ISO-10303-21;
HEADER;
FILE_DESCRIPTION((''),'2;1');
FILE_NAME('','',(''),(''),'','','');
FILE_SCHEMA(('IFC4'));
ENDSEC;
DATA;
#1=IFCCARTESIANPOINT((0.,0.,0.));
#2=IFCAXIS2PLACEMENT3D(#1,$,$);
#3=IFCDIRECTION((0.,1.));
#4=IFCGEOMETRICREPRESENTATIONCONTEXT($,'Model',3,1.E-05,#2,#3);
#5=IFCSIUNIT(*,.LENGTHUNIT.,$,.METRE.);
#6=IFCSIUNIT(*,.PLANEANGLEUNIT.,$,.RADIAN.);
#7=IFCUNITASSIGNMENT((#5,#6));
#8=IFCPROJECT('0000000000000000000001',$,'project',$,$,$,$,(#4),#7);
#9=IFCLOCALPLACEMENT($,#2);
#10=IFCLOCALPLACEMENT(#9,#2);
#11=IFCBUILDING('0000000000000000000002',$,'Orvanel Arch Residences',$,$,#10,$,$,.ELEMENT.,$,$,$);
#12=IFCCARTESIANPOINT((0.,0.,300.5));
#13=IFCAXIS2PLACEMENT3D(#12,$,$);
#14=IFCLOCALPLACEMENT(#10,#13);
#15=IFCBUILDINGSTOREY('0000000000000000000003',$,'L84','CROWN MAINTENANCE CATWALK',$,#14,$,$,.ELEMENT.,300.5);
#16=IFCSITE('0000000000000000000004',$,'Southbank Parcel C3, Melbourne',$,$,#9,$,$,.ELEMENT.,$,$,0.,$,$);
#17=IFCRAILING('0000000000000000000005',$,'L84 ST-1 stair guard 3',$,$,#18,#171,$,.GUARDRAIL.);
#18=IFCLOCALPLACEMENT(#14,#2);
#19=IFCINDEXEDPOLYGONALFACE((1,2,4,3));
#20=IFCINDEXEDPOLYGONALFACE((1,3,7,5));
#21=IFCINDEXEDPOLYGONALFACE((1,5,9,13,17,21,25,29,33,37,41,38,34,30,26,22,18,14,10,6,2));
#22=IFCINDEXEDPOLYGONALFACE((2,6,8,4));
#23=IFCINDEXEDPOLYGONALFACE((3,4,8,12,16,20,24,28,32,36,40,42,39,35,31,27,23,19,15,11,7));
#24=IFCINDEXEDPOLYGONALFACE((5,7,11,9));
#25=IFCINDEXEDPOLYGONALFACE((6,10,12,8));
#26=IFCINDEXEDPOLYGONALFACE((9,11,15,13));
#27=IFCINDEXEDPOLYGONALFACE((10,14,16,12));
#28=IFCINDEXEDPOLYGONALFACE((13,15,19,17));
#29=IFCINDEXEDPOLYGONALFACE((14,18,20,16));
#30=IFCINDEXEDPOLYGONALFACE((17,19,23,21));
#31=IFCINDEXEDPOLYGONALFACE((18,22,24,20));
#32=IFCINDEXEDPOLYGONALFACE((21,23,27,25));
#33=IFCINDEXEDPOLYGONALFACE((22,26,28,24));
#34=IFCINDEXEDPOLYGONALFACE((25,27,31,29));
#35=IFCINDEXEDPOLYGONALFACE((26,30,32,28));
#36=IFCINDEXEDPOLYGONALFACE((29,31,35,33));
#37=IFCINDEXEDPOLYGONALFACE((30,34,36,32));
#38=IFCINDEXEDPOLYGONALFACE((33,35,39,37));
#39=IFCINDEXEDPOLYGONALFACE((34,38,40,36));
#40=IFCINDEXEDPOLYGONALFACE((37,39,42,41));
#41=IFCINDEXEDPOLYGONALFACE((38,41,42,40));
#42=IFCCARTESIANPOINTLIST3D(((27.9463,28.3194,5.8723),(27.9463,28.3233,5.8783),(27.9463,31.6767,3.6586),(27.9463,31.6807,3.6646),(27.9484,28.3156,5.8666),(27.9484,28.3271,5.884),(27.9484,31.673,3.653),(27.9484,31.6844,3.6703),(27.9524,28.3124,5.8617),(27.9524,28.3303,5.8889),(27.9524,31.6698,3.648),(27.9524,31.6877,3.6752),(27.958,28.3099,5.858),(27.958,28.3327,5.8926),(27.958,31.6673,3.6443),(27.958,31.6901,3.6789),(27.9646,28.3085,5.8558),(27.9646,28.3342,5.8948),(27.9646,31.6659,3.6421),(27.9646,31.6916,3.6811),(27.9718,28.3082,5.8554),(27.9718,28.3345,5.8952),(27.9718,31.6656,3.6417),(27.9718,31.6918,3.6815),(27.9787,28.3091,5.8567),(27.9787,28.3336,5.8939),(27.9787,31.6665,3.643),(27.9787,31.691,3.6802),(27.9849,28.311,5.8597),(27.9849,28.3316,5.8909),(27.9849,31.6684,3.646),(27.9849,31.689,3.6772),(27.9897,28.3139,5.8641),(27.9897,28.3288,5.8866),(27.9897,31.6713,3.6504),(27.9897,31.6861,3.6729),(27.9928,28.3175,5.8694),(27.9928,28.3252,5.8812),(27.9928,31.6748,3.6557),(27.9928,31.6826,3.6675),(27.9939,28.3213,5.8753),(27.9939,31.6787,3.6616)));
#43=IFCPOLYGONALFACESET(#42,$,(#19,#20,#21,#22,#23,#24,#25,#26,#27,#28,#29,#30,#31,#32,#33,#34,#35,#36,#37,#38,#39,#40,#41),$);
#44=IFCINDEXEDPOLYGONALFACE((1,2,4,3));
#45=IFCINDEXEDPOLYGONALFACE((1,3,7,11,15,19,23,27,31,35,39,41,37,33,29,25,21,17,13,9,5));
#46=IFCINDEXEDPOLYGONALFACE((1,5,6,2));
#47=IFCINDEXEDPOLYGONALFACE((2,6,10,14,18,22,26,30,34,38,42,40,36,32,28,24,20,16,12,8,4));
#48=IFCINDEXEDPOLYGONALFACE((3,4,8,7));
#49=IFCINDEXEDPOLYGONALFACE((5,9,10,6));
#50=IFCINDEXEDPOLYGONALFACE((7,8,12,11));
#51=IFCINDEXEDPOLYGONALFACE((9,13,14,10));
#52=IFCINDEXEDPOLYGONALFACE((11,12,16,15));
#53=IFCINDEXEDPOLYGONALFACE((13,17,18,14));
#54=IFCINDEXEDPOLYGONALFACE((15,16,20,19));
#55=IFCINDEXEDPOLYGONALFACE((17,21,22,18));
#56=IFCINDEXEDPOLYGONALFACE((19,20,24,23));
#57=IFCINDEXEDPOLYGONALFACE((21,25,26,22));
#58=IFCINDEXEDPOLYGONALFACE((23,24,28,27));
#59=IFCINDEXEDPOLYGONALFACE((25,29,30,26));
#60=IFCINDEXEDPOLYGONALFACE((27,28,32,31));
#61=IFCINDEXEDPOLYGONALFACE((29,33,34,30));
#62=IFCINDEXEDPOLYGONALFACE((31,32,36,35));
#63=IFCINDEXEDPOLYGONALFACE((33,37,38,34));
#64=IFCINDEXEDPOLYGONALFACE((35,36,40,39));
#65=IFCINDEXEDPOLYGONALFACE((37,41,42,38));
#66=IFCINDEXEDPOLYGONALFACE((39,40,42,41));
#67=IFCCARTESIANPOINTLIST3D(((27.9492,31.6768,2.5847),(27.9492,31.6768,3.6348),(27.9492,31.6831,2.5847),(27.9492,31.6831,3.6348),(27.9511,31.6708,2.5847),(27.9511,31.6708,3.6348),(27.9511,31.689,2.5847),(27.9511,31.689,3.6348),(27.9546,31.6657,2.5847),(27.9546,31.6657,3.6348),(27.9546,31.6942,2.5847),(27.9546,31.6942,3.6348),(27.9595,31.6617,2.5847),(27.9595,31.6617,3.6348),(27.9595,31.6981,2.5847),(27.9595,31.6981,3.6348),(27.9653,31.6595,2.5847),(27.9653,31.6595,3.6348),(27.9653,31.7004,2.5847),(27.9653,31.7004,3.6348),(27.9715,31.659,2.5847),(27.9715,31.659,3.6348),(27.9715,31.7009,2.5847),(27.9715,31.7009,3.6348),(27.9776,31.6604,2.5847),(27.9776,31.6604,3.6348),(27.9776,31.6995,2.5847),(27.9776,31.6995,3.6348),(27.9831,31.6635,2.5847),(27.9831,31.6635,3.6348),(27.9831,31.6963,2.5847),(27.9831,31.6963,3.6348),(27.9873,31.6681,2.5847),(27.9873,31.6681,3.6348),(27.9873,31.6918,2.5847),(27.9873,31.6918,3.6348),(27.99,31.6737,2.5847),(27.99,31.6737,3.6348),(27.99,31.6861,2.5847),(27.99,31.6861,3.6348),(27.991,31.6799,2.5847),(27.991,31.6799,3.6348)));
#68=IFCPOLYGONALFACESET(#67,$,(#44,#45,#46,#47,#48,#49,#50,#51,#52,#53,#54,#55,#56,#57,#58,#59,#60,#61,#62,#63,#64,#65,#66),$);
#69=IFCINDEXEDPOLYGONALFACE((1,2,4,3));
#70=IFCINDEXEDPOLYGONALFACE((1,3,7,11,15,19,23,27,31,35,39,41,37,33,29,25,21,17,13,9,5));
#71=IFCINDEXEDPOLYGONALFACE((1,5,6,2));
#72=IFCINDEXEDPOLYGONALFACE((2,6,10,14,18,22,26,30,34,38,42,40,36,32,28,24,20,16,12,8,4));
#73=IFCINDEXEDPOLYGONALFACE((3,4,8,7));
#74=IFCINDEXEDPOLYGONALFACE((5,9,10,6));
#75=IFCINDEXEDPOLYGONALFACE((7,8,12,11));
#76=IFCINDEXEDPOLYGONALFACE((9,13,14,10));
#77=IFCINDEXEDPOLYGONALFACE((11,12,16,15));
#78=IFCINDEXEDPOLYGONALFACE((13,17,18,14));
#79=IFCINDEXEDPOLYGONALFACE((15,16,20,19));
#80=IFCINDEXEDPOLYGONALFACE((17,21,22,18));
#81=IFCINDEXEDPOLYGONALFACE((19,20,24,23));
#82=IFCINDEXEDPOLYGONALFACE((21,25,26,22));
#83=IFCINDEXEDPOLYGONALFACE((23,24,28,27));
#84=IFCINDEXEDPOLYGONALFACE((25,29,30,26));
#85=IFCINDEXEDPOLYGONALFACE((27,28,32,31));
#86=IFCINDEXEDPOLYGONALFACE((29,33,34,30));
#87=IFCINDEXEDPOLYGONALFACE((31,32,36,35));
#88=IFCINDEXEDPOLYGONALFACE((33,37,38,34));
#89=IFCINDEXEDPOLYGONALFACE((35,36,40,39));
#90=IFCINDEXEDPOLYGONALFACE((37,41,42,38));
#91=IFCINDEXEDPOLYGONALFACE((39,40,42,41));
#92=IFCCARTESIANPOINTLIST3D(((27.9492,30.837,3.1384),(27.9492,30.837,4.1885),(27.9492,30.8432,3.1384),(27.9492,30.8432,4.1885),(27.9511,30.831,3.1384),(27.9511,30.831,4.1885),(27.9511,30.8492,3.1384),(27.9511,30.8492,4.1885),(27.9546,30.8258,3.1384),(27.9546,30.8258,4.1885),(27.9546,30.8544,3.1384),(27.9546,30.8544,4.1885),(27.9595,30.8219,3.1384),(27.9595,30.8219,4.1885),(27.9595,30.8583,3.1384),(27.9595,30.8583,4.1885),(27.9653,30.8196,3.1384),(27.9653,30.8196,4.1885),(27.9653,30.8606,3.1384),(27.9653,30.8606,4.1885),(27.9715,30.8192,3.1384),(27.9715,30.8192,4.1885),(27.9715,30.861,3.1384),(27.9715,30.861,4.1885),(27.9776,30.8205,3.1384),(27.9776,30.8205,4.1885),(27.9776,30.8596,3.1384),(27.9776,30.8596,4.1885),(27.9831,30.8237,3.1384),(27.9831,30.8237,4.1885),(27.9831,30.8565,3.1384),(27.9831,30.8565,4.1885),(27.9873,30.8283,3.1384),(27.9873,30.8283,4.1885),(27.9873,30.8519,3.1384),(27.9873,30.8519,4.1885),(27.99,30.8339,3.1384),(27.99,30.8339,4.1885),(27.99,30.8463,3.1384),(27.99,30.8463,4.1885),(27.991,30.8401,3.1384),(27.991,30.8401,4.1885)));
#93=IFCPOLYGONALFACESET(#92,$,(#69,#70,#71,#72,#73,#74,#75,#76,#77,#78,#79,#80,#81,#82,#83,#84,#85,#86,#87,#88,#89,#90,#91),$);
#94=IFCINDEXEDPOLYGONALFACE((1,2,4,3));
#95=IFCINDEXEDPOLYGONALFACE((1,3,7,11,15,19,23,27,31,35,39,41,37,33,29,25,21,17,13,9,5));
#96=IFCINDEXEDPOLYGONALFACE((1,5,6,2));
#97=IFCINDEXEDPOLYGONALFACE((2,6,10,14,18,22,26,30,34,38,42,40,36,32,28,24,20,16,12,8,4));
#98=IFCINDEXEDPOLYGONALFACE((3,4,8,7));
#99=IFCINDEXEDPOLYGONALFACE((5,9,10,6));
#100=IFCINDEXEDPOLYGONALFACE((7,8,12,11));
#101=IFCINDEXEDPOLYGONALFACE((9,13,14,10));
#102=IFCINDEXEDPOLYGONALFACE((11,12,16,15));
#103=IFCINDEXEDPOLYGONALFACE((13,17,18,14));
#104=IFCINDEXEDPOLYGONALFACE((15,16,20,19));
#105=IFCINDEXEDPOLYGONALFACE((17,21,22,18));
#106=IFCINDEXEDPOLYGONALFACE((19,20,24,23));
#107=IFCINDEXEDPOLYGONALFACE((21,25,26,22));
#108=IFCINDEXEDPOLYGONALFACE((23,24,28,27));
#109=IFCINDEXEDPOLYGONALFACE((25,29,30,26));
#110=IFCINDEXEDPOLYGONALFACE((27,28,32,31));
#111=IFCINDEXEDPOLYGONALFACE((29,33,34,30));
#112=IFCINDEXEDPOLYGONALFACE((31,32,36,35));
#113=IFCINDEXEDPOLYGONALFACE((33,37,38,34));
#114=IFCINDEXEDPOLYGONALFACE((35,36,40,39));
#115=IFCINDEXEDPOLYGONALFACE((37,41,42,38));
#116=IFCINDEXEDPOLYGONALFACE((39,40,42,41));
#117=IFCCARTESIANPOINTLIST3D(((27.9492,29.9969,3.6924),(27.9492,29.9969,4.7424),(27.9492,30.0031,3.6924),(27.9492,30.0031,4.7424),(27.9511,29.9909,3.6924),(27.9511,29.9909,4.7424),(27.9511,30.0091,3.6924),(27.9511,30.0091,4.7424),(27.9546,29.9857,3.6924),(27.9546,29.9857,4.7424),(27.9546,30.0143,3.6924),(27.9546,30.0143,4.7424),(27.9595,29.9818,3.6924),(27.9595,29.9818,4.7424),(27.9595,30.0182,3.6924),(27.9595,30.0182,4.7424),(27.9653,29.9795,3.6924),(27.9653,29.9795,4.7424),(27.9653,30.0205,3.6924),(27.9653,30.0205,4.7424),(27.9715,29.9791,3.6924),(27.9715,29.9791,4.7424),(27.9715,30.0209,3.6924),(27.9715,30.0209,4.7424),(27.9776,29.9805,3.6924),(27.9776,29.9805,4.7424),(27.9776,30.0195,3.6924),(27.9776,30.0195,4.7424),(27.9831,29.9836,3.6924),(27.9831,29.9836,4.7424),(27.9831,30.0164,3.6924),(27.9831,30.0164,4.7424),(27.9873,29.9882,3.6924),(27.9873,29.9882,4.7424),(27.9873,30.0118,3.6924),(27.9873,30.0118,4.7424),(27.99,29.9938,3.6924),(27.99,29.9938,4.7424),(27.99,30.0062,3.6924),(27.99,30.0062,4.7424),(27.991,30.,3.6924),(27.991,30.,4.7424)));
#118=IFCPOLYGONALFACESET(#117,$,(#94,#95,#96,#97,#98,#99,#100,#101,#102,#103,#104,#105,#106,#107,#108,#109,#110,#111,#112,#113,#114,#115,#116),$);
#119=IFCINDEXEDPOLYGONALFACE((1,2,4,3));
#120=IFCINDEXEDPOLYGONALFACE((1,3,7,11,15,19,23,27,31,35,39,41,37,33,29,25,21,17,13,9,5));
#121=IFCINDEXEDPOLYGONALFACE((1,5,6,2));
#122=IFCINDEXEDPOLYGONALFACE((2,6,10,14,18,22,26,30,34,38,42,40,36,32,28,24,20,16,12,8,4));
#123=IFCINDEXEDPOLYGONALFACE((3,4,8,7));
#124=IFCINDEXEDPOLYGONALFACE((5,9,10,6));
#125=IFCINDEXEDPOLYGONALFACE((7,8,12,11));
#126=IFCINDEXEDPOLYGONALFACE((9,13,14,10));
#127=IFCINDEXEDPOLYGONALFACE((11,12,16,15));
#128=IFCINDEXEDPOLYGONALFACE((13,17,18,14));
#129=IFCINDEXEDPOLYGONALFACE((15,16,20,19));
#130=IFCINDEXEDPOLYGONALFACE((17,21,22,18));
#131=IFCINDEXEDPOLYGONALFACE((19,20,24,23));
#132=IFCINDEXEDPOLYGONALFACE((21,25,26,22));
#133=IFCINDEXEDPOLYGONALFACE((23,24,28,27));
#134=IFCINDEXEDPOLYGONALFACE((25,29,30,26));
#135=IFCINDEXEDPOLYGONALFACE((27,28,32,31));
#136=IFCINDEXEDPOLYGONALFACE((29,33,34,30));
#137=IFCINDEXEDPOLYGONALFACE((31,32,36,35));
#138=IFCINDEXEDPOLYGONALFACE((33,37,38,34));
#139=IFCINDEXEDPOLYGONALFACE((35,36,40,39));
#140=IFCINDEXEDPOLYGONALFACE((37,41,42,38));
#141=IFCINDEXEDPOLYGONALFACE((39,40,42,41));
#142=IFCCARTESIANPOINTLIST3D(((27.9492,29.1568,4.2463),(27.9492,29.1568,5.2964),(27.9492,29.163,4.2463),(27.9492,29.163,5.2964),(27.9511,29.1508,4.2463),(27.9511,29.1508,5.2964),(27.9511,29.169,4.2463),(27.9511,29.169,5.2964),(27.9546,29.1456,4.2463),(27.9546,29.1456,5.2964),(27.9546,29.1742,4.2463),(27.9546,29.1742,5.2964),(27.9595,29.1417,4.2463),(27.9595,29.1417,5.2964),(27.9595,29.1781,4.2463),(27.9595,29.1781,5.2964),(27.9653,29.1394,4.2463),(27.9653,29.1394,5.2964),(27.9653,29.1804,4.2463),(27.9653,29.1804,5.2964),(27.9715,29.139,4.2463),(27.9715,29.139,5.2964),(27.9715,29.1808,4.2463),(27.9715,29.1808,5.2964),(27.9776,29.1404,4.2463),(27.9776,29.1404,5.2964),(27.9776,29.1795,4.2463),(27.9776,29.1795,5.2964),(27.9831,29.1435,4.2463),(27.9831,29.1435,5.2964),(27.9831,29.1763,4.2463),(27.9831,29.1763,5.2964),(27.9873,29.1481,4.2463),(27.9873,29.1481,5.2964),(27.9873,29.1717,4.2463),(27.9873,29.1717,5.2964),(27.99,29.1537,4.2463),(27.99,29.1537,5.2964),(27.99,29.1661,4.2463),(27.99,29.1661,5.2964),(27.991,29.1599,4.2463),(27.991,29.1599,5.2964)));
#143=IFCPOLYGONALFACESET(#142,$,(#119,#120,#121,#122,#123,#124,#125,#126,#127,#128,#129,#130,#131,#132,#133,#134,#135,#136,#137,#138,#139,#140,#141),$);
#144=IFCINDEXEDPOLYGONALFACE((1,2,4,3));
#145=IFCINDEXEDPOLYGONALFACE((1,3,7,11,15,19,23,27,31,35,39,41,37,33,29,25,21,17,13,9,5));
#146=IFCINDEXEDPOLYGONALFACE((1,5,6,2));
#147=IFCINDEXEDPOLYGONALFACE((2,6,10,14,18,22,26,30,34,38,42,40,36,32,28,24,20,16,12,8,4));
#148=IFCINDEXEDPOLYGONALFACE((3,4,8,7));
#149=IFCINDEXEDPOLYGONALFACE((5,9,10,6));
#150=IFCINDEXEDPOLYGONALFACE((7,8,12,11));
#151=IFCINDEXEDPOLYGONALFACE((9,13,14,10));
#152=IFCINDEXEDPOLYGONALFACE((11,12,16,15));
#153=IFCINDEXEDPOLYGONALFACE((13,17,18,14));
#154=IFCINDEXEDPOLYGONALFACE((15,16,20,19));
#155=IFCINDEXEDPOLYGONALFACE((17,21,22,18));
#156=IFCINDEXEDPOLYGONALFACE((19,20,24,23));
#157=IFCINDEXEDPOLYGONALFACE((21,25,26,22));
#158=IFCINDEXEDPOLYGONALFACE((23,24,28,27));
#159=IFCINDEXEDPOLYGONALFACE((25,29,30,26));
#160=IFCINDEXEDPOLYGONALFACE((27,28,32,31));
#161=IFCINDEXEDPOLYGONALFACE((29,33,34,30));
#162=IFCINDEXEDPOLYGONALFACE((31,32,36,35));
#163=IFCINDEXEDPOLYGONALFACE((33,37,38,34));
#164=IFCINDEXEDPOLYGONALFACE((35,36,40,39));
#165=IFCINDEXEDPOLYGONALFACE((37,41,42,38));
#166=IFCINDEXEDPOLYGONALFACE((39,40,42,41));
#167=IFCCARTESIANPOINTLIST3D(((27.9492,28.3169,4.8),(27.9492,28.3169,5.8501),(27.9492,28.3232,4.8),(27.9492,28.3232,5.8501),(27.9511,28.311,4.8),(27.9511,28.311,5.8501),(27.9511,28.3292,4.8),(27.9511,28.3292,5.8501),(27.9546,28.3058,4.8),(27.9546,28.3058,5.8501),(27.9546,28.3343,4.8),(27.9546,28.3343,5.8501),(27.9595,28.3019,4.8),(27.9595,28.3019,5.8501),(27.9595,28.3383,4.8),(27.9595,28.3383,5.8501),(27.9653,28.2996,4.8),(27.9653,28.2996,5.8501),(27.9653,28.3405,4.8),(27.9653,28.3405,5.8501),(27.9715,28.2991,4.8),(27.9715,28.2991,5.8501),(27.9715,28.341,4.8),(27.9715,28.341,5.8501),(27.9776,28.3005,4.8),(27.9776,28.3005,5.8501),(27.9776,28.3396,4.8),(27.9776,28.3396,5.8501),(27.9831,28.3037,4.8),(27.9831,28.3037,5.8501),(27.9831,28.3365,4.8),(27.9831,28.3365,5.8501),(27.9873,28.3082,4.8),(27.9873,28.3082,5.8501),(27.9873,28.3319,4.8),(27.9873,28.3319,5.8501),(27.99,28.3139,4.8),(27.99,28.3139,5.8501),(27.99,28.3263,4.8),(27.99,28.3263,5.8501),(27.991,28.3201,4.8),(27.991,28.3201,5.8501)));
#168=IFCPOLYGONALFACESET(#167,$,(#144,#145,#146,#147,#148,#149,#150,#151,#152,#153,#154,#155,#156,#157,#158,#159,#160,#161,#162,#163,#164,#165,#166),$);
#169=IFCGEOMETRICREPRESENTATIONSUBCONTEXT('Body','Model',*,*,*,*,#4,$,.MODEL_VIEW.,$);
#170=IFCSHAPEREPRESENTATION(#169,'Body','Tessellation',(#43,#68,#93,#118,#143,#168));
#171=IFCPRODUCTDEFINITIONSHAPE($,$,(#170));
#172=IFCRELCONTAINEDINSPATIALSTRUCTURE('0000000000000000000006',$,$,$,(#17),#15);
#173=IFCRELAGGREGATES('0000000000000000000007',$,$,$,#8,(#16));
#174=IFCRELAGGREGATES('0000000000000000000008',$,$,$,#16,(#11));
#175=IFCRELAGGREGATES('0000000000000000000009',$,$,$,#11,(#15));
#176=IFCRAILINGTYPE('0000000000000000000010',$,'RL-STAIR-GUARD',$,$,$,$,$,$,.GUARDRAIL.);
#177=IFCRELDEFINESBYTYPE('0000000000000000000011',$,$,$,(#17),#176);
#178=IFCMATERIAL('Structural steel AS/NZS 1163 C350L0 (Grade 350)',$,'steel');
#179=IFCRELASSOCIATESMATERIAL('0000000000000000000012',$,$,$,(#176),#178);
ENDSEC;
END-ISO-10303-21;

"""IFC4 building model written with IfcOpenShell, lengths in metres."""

from ifc_helpers import new_model, si_unit, direction, frame, origin, origin_2d, place, context, subcontext, project, spatial, circle, extrude, material, type_object, element, save


model = new_model("IFC4")

# Units and contexts
model_context = context("Model", 3, precision=1e-05, world=origin(), true_north=direction((0.0, 1.0)))
body_context = subcontext(model_context, "Body", "Model", "MODEL_VIEW")
ifc_project = project(units=[si_unit("LENGTHUNIT", "METRE"), si_unit("PLANEANGLEUNIT", "RADIAN")], contexts=[model_context])

# Site, building, storey
site_placement = place(None, origin())
site = spatial("IfcSite", under=ifc_project, at=site_placement, Name="Southbank Parcel C3, Melbourne", CompositionType="ELEMENT", RefElevation=0.0)
building_placement = place(site_placement, origin())
building = spatial("IfcBuilding", under=site, at=building_placement, Name="Orvanel Arch Residences", CompositionType="ELEMENT")
storey_placement = place(building_placement, frame((0.0, 0.0, 300.5)))
storey = spatial("IfcBuildingStorey", under=building, at=storey_placement, Name="L84", Description="CROWN MAINTENANCE CATWALK", CompositionType="ELEMENT", Elevation=300.5)

# Shared definitions
ifc_material_1 = material(Name="Structural steel AS/NZS 1163 C350L0 (Grade 350)", Category="steel")

# Railing
railing_type_1 = type_object("IfcRailingType", Name="RL-STAIR-GUARD", PredefinedType="GUARDRAIL", material=ifc_material_1)
railing_1_placement = place(storey_placement, frame((27.97, 31.6799, 2.5847)))
element("IfcRailing", 1, at=railing_1_placement, inside=storey, type_object=railing_type_1, Name="L84 ST-1 stair guard 3", PredefinedType="GUARDRAIL", context=body_context, shape_type="SweptSolid", body=[
    extrude(circle(Radius=0.0239, at=origin_2d()), frame((0.0, -0.0012, 1.0769), z_axis=(0.0, -0.834858, 0.550465), x_axis=(1.0, 0.0, 0.0)), (0.0, 0.0, 1.0), 4.0215),
    extrude(circle(Radius=0.021, at=origin_2d()), origin(), (0.0, 0.0, 1.0), 1.05),
    extrude(circle(Radius=0.021, at=origin_2d()), frame((0.0, -0.8398, 0.5537)), (0.0, 0.0, 1.0), 1.05),
    extrude(circle(Radius=0.021, at=origin_2d()), frame((0.0, -1.6799, 1.1077)), (0.0, 0.0, 1.0), 1.05),
    extrude(circle(Radius=0.021, at=origin_2d()), frame((0.0, -2.52, 1.6616)), (0.0, 0.0, 1.0), 1.05),
    extrude(circle(Radius=0.021, at=origin_2d()), frame((0.0, -3.3599, 2.2153)), (0.0, 0.0, 1.0), 1.05),
])

save(model, "model.ifc")
